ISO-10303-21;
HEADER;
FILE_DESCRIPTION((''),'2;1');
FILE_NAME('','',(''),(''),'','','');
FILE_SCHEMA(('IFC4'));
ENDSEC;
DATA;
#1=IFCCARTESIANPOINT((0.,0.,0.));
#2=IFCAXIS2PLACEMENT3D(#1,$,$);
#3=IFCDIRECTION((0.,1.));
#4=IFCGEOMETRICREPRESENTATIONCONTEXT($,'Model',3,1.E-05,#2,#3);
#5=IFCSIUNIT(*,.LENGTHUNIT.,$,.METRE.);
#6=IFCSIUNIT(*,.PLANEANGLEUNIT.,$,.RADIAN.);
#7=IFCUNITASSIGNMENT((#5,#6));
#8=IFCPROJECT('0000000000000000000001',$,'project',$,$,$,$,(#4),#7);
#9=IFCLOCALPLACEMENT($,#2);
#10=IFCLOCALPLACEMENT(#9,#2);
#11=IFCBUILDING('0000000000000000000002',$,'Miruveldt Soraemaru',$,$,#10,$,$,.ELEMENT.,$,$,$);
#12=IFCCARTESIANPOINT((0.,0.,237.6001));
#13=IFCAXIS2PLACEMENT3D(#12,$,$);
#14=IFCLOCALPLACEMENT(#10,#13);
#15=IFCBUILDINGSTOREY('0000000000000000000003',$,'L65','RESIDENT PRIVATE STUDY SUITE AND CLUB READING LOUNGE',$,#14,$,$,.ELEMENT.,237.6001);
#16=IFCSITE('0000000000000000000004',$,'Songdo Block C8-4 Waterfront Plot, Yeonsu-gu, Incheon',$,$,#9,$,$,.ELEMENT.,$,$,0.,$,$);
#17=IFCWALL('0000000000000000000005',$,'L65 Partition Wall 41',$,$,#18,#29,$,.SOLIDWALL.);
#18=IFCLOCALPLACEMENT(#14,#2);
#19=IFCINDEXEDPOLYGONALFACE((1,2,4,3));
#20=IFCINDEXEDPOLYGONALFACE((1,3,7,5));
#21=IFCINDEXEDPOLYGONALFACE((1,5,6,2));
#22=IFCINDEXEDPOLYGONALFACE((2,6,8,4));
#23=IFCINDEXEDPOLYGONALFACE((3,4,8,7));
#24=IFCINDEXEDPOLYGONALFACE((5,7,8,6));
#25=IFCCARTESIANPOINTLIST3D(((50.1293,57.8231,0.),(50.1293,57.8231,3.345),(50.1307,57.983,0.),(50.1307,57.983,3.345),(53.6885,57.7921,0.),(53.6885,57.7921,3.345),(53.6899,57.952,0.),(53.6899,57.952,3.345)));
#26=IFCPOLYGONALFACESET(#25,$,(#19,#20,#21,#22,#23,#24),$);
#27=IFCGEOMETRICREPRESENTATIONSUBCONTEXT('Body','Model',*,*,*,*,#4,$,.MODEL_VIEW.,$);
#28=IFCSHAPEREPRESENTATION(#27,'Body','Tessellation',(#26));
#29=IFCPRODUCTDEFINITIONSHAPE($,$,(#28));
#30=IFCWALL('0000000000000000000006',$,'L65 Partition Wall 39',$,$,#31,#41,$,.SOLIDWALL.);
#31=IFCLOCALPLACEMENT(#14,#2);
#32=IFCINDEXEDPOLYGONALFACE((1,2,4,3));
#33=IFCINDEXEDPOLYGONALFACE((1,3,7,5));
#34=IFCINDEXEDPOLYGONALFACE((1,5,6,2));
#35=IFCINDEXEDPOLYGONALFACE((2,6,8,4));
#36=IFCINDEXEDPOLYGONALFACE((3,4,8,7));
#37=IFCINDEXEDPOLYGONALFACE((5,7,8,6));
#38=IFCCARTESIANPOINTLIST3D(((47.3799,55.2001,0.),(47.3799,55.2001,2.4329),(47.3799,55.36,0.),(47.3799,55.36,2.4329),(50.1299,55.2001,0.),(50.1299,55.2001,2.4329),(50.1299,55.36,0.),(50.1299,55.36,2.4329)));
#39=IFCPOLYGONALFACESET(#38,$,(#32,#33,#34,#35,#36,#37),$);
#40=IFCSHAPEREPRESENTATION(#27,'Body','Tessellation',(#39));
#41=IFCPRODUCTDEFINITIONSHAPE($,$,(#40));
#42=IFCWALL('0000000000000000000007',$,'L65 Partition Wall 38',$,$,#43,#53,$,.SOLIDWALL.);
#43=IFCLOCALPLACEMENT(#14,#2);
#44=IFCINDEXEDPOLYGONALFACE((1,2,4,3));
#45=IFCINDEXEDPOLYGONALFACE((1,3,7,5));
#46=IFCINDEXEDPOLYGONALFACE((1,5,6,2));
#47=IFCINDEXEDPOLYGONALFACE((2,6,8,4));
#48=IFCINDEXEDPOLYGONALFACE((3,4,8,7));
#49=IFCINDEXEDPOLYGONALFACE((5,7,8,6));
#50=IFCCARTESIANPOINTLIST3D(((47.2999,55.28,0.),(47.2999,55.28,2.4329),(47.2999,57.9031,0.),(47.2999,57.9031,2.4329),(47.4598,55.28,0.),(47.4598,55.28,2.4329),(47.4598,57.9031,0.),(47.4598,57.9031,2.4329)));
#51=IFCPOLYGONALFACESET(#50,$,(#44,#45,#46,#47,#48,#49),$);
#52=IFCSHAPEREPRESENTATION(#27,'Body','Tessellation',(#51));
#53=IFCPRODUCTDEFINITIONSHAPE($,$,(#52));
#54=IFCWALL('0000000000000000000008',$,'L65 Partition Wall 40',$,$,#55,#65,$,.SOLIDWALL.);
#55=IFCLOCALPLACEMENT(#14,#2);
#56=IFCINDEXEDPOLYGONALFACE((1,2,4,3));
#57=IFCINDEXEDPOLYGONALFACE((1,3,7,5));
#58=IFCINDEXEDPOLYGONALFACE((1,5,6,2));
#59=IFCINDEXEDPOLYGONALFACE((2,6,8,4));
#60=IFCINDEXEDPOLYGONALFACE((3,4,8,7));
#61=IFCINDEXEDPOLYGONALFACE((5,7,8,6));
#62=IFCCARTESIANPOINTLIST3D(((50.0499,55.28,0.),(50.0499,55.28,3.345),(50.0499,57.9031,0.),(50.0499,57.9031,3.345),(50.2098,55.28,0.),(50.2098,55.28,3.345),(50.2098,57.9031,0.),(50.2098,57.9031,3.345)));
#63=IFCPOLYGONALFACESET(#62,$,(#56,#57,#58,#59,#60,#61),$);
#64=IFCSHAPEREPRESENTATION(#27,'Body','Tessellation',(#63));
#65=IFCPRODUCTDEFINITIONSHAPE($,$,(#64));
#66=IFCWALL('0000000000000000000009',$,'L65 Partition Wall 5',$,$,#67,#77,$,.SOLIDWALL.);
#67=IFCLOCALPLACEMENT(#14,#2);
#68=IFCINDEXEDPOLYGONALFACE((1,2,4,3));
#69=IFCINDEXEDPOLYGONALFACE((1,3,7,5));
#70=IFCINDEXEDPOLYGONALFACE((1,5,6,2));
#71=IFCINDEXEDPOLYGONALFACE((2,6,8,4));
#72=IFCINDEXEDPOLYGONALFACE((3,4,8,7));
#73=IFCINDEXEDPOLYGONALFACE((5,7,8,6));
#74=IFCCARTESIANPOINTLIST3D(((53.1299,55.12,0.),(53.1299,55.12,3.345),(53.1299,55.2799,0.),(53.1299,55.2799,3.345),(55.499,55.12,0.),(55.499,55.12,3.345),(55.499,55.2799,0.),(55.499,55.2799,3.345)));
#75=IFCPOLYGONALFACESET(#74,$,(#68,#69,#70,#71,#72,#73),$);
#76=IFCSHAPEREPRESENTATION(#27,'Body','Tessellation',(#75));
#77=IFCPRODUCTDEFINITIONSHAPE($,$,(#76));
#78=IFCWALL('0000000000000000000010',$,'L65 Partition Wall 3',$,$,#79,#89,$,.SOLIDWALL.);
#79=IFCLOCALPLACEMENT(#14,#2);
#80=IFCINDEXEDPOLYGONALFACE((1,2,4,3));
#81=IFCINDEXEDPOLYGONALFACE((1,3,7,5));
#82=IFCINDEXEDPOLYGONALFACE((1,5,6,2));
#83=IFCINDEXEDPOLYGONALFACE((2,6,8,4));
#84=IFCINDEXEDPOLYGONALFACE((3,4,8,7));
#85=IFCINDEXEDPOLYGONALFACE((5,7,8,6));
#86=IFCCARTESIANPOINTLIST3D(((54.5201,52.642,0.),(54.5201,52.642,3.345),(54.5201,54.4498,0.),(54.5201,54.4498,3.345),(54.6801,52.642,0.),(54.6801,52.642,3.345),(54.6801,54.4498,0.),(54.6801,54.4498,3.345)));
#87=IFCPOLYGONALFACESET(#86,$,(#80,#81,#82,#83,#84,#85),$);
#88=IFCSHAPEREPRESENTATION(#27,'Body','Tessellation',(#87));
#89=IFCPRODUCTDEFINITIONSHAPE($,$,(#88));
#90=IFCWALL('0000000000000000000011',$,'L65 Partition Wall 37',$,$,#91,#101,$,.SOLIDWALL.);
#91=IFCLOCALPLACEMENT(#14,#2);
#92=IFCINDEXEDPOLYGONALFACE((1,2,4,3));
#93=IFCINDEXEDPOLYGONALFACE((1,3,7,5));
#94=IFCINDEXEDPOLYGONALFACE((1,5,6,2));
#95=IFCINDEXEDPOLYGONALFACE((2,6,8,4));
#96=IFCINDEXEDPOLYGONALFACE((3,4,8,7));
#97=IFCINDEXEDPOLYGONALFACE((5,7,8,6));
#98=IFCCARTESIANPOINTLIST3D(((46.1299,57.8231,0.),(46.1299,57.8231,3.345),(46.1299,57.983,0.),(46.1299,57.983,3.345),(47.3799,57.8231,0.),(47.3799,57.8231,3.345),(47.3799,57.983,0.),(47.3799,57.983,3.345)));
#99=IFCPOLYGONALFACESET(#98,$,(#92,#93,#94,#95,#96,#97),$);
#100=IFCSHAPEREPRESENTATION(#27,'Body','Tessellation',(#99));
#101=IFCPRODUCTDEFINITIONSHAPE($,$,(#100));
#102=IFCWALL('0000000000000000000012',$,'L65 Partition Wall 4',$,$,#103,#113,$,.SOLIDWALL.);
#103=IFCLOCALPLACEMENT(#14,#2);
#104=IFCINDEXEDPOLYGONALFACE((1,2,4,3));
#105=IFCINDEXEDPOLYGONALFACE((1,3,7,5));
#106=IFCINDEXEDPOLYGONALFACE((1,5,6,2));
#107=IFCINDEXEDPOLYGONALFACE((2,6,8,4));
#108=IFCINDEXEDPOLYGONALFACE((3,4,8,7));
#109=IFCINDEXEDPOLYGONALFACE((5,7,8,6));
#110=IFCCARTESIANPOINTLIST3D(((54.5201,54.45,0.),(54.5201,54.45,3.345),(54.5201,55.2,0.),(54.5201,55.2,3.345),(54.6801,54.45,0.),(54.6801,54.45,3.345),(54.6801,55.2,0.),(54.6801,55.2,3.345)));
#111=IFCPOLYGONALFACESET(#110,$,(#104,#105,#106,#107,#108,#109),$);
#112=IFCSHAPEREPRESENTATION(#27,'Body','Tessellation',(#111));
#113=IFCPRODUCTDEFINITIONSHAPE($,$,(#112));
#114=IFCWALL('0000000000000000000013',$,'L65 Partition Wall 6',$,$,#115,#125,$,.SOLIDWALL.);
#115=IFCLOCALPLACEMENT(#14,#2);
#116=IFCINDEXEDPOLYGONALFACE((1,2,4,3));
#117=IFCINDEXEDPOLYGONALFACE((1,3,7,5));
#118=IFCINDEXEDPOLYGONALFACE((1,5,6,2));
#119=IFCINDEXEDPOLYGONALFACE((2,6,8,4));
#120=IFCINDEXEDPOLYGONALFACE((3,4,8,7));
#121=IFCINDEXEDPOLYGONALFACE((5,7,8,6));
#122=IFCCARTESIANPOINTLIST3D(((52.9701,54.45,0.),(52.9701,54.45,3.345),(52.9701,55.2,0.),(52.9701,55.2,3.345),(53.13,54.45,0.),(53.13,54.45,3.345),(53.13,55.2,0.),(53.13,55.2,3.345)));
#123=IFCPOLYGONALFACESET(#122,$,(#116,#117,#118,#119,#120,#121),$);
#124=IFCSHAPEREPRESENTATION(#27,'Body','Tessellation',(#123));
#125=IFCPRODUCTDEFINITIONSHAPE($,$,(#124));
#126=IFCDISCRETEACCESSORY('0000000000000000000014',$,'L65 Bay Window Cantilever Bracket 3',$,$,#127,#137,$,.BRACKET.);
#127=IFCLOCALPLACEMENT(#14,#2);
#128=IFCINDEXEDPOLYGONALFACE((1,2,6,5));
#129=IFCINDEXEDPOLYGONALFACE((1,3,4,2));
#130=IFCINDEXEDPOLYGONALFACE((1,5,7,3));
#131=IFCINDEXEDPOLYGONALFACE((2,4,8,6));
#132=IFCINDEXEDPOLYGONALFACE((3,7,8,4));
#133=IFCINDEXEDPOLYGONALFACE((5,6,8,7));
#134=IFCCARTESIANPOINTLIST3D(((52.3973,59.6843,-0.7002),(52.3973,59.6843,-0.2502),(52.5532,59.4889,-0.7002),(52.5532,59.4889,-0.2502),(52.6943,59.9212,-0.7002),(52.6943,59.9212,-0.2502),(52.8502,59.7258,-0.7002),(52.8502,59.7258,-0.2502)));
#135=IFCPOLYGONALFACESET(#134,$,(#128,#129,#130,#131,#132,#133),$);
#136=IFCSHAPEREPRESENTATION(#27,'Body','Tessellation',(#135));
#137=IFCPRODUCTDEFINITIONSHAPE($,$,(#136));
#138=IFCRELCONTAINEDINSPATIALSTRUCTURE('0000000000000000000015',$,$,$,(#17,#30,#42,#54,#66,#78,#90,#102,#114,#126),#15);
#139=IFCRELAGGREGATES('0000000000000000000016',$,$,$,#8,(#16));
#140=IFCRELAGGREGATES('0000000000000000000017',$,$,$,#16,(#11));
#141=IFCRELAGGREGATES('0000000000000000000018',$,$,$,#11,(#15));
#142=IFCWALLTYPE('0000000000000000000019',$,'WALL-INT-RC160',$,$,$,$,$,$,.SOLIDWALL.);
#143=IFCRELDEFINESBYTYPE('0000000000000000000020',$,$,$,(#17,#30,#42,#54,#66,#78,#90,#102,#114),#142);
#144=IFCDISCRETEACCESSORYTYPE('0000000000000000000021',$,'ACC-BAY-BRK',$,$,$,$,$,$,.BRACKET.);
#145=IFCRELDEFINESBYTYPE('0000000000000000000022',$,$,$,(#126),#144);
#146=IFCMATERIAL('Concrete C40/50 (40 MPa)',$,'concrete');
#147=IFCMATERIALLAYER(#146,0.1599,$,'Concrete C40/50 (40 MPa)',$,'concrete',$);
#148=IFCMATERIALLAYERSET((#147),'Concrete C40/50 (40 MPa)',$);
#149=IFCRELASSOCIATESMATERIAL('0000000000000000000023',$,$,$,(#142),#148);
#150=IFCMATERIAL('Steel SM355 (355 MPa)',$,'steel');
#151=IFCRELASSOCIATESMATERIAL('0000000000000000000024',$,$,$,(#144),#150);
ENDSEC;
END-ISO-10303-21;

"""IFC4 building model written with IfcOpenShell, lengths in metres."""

from ifc_helpers import new_model, si_unit, direction, frame, frame_2d, origin, origin_2d, place, context, subcontext, project, spatial, rectangle, extrude, material, layer, layer_set, type_object, element, save


model = new_model("IFC4")

# Units and contexts
model_context = context("Model", 3, precision=1e-05, world=origin(), true_north=direction((0.0, 1.0)))
body_context = subcontext(model_context, "Body", "Model", "MODEL_VIEW")
ifc_project = project(units=[si_unit("LENGTHUNIT", "METRE"), si_unit("PLANEANGLEUNIT", "RADIAN")], contexts=[model_context])

# Site, building, storey
site_placement = place(None, origin())
site = spatial("IfcSite", under=ifc_project, at=site_placement, Name="Songdo Block C8-4 Waterfront Plot, Yeonsu-gu, Incheon", CompositionType="ELEMENT", RefElevation=0.0)
building_placement = place(site_placement, origin())
building = spatial("IfcBuilding", under=site, at=building_placement, Name="Miruveldt Soraemaru", CompositionType="ELEMENT")
storey_placement = place(building_placement, frame((0.0, 0.0, 237.6001)))
storey = spatial("IfcBuildingStorey", under=building, at=storey_placement, Name="L65", Description="RESIDENT PRIVATE STUDY SUITE AND CLUB READING LOUNGE", CompositionType="ELEMENT", Elevation=237.6001)

# Shared definitions
ifc_material_1 = material(Name="Concrete C40/50 (40 MPa)", Category="concrete")
ifc_layer_1 = layer(ifc_material_1, 0.1599, Name="Concrete C40/50 (40 MPa)", Category="concrete")
ifc_layer_set_1 = layer_set([ifc_layer_1], Name="Concrete C40/50 (40 MPa)")
wall_type_1 = type_object("IfcWallType", Name="WALL-INT-RC160", PredefinedType="SOLIDWALL", material=ifc_layer_set_1)

# Walls
wall_1_placement = place(storey_placement, frame((50.1299, 57.9031, 0.0), z_axis=(0.0, 0.0, 1.0), x_axis=(0.999962, -0.008711, 0.0)))
element("IfcWall", 1, at=wall_1_placement, inside=storey, type_object=wall_type_1, Name="L65 Partition Wall 41", PredefinedType="SOLIDWALL", context=body_context, shape_type="SweptSolid", body=[
    extrude(rectangle(XDim=3.5593, YDim=0.1599, at=frame_2d((1.7798, 0.0))), origin(), (0.0, 0.0, 1.0), 3.345),
])
wall_2_placement = place(storey_placement, frame((47.3799, 55.28, 0.0), z_axis=(0.0, 0.0, 1.0), x_axis=(1.0, 0.0, 0.0)))
element("IfcWall", 2, at=wall_2_placement, inside=storey, type_object=wall_type_1, Name="L65 Partition Wall 39", PredefinedType="SOLIDWALL", context=body_context, shape_type="SweptSolid", body=[
    extrude(rectangle(XDim=2.75, YDim=0.1599, at=frame_2d((1.375, 0.0))), origin(), (0.0, 0.0, 1.0), 2.4329),
])
wall_3_placement = place(storey_placement, frame((47.3799, 57.9031, 0.0), z_axis=(0.0, 0.0, 1.0), x_axis=(0.0, -1.0, 0.0)))
element("IfcWall", 3, at=wall_3_placement, inside=storey, type_object=wall_type_1, Name="L65 Partition Wall 38", PredefinedType="SOLIDWALL", context=body_context, shape_type="SweptSolid", body=[
    extrude(rectangle(XDim=2.623, YDim=0.1599, at=frame_2d((1.3115, 0.0))), origin(), (0.0, 0.0, 1.0), 2.4329),
])
wall_4_placement = place(storey_placement, frame((50.1299, 55.28, 0.0), z_axis=(0.0, 0.0, 1.0), x_axis=(0.0, 1.0, 0.0)))
element("IfcWall", 4, at=wall_4_placement, inside=storey, type_object=wall_type_1, Name="L65 Partition Wall 40", PredefinedType="SOLIDWALL", context=body_context, shape_type="SweptSolid", body=[
    extrude(rectangle(XDim=2.623, YDim=0.1599, at=frame_2d((1.3115, 0.0))), origin(), (0.0, 0.0, 1.0), 3.345),
])
wall_5_placement = place(storey_placement, frame((55.499, 55.2, 0.0), z_axis=(0.0, 0.0, 1.0), x_axis=(-1.0, 0.0, 0.0)))
element("IfcWall", 5, at=wall_5_placement, inside=storey, type_object=wall_type_1, Name="L65 Partition Wall 5", PredefinedType="SOLIDWALL", context=body_context, shape_type="SweptSolid", body=[
    extrude(rectangle(XDim=2.3691, YDim=0.1599, at=frame_2d((1.1846, 0.0))), origin(), (0.0, 0.0, 1.0), 3.345),
])
wall_6_placement = place(storey_placement, frame((54.6001, 52.6421, 0.0), z_axis=(0.0, 0.0, 1.0), x_axis=(0.0, 1.0, 0.0)))
element("IfcWall", 6, at=wall_6_placement, inside=storey, type_object=wall_type_1, Name="L65 Partition Wall 3", PredefinedType="SOLIDWALL", context=body_context, shape_type="SweptSolid", body=[
    extrude(rectangle(XDim=1.8079, YDim=0.1599, at=frame_2d((0.9038, 0.0))), origin(), (0.0, 0.0, 1.0), 3.345),
])
wall_7_placement = place(storey_placement, frame((46.1299, 57.9031, 0.0), z_axis=(0.0, 0.0, 1.0), x_axis=(1.0, 0.0, 0.0)))
element("IfcWall", 7, at=wall_7_placement, inside=storey, type_object=wall_type_1, Name="L65 Partition Wall 37", PredefinedType="SOLIDWALL", context=body_context, shape_type="SweptSolid", body=[
    extrude(rectangle(XDim=1.25, YDim=0.1599, at=frame_2d((0.625, 0.0))), origin(), (0.0, 0.0, 1.0), 3.345),
])
for number, where, z_axis, x_axis, name in (
    (8, (54.6001, 54.45, 0.0), (0.0, 0.0, 1.0), (0.0, 1.0, 0.0), "L65 Partition Wall 4"),
    (9, (53.05, 55.2, 0.0), (0.0, 0.0, 1.0), (0.0, -1.0, 0.0), "L65 Partition Wall 6"),
):
    element("IfcWall", number, at=place(storey_placement, frame(where, z_axis=z_axis, x_axis=x_axis)), inside=storey, type_object=wall_type_1, Name=name, PredefinedType="SOLIDWALL", context=body_context, shape_type="SweptSolid", body=[
        extrude(rectangle(XDim=0.75, YDim=0.1599, at=frame_2d((0.375, 0.0))), origin(), (0.0, 0.0, 1.0), 3.345),
    ])

# Discrete accessory
ifc_material_2 = material(Name="Steel SM355 (355 MPa)", Category="steel")
discrete_accessory_type = type_object("IfcDiscreteAccessoryType", Name="ACC-BAY-BRK", PredefinedType="BRACKET", material=ifc_material_2)
discrete_accessory_placement = place(storey_placement, frame((52.6238, 59.7051, -0.7002), z_axis=(0.0, 0.0, 1.0), x_axis=(0.781727, 0.62362, 0.0)))
element("IfcDiscreteAccessory", 10, at=discrete_accessory_placement, inside=storey, type_object=discrete_accessory_type, Name="L65 Bay Window Cantilever Bracket 3", PredefinedType="BRACKET", context=body_context, shape_type="SweptSolid", body=[
    extrude(rectangle(XDim=0.3799, YDim=0.25, at=origin_2d()), origin(), (0.0, 0.0, 1.0), 0.45),
])

save(model, "model.ifc")
